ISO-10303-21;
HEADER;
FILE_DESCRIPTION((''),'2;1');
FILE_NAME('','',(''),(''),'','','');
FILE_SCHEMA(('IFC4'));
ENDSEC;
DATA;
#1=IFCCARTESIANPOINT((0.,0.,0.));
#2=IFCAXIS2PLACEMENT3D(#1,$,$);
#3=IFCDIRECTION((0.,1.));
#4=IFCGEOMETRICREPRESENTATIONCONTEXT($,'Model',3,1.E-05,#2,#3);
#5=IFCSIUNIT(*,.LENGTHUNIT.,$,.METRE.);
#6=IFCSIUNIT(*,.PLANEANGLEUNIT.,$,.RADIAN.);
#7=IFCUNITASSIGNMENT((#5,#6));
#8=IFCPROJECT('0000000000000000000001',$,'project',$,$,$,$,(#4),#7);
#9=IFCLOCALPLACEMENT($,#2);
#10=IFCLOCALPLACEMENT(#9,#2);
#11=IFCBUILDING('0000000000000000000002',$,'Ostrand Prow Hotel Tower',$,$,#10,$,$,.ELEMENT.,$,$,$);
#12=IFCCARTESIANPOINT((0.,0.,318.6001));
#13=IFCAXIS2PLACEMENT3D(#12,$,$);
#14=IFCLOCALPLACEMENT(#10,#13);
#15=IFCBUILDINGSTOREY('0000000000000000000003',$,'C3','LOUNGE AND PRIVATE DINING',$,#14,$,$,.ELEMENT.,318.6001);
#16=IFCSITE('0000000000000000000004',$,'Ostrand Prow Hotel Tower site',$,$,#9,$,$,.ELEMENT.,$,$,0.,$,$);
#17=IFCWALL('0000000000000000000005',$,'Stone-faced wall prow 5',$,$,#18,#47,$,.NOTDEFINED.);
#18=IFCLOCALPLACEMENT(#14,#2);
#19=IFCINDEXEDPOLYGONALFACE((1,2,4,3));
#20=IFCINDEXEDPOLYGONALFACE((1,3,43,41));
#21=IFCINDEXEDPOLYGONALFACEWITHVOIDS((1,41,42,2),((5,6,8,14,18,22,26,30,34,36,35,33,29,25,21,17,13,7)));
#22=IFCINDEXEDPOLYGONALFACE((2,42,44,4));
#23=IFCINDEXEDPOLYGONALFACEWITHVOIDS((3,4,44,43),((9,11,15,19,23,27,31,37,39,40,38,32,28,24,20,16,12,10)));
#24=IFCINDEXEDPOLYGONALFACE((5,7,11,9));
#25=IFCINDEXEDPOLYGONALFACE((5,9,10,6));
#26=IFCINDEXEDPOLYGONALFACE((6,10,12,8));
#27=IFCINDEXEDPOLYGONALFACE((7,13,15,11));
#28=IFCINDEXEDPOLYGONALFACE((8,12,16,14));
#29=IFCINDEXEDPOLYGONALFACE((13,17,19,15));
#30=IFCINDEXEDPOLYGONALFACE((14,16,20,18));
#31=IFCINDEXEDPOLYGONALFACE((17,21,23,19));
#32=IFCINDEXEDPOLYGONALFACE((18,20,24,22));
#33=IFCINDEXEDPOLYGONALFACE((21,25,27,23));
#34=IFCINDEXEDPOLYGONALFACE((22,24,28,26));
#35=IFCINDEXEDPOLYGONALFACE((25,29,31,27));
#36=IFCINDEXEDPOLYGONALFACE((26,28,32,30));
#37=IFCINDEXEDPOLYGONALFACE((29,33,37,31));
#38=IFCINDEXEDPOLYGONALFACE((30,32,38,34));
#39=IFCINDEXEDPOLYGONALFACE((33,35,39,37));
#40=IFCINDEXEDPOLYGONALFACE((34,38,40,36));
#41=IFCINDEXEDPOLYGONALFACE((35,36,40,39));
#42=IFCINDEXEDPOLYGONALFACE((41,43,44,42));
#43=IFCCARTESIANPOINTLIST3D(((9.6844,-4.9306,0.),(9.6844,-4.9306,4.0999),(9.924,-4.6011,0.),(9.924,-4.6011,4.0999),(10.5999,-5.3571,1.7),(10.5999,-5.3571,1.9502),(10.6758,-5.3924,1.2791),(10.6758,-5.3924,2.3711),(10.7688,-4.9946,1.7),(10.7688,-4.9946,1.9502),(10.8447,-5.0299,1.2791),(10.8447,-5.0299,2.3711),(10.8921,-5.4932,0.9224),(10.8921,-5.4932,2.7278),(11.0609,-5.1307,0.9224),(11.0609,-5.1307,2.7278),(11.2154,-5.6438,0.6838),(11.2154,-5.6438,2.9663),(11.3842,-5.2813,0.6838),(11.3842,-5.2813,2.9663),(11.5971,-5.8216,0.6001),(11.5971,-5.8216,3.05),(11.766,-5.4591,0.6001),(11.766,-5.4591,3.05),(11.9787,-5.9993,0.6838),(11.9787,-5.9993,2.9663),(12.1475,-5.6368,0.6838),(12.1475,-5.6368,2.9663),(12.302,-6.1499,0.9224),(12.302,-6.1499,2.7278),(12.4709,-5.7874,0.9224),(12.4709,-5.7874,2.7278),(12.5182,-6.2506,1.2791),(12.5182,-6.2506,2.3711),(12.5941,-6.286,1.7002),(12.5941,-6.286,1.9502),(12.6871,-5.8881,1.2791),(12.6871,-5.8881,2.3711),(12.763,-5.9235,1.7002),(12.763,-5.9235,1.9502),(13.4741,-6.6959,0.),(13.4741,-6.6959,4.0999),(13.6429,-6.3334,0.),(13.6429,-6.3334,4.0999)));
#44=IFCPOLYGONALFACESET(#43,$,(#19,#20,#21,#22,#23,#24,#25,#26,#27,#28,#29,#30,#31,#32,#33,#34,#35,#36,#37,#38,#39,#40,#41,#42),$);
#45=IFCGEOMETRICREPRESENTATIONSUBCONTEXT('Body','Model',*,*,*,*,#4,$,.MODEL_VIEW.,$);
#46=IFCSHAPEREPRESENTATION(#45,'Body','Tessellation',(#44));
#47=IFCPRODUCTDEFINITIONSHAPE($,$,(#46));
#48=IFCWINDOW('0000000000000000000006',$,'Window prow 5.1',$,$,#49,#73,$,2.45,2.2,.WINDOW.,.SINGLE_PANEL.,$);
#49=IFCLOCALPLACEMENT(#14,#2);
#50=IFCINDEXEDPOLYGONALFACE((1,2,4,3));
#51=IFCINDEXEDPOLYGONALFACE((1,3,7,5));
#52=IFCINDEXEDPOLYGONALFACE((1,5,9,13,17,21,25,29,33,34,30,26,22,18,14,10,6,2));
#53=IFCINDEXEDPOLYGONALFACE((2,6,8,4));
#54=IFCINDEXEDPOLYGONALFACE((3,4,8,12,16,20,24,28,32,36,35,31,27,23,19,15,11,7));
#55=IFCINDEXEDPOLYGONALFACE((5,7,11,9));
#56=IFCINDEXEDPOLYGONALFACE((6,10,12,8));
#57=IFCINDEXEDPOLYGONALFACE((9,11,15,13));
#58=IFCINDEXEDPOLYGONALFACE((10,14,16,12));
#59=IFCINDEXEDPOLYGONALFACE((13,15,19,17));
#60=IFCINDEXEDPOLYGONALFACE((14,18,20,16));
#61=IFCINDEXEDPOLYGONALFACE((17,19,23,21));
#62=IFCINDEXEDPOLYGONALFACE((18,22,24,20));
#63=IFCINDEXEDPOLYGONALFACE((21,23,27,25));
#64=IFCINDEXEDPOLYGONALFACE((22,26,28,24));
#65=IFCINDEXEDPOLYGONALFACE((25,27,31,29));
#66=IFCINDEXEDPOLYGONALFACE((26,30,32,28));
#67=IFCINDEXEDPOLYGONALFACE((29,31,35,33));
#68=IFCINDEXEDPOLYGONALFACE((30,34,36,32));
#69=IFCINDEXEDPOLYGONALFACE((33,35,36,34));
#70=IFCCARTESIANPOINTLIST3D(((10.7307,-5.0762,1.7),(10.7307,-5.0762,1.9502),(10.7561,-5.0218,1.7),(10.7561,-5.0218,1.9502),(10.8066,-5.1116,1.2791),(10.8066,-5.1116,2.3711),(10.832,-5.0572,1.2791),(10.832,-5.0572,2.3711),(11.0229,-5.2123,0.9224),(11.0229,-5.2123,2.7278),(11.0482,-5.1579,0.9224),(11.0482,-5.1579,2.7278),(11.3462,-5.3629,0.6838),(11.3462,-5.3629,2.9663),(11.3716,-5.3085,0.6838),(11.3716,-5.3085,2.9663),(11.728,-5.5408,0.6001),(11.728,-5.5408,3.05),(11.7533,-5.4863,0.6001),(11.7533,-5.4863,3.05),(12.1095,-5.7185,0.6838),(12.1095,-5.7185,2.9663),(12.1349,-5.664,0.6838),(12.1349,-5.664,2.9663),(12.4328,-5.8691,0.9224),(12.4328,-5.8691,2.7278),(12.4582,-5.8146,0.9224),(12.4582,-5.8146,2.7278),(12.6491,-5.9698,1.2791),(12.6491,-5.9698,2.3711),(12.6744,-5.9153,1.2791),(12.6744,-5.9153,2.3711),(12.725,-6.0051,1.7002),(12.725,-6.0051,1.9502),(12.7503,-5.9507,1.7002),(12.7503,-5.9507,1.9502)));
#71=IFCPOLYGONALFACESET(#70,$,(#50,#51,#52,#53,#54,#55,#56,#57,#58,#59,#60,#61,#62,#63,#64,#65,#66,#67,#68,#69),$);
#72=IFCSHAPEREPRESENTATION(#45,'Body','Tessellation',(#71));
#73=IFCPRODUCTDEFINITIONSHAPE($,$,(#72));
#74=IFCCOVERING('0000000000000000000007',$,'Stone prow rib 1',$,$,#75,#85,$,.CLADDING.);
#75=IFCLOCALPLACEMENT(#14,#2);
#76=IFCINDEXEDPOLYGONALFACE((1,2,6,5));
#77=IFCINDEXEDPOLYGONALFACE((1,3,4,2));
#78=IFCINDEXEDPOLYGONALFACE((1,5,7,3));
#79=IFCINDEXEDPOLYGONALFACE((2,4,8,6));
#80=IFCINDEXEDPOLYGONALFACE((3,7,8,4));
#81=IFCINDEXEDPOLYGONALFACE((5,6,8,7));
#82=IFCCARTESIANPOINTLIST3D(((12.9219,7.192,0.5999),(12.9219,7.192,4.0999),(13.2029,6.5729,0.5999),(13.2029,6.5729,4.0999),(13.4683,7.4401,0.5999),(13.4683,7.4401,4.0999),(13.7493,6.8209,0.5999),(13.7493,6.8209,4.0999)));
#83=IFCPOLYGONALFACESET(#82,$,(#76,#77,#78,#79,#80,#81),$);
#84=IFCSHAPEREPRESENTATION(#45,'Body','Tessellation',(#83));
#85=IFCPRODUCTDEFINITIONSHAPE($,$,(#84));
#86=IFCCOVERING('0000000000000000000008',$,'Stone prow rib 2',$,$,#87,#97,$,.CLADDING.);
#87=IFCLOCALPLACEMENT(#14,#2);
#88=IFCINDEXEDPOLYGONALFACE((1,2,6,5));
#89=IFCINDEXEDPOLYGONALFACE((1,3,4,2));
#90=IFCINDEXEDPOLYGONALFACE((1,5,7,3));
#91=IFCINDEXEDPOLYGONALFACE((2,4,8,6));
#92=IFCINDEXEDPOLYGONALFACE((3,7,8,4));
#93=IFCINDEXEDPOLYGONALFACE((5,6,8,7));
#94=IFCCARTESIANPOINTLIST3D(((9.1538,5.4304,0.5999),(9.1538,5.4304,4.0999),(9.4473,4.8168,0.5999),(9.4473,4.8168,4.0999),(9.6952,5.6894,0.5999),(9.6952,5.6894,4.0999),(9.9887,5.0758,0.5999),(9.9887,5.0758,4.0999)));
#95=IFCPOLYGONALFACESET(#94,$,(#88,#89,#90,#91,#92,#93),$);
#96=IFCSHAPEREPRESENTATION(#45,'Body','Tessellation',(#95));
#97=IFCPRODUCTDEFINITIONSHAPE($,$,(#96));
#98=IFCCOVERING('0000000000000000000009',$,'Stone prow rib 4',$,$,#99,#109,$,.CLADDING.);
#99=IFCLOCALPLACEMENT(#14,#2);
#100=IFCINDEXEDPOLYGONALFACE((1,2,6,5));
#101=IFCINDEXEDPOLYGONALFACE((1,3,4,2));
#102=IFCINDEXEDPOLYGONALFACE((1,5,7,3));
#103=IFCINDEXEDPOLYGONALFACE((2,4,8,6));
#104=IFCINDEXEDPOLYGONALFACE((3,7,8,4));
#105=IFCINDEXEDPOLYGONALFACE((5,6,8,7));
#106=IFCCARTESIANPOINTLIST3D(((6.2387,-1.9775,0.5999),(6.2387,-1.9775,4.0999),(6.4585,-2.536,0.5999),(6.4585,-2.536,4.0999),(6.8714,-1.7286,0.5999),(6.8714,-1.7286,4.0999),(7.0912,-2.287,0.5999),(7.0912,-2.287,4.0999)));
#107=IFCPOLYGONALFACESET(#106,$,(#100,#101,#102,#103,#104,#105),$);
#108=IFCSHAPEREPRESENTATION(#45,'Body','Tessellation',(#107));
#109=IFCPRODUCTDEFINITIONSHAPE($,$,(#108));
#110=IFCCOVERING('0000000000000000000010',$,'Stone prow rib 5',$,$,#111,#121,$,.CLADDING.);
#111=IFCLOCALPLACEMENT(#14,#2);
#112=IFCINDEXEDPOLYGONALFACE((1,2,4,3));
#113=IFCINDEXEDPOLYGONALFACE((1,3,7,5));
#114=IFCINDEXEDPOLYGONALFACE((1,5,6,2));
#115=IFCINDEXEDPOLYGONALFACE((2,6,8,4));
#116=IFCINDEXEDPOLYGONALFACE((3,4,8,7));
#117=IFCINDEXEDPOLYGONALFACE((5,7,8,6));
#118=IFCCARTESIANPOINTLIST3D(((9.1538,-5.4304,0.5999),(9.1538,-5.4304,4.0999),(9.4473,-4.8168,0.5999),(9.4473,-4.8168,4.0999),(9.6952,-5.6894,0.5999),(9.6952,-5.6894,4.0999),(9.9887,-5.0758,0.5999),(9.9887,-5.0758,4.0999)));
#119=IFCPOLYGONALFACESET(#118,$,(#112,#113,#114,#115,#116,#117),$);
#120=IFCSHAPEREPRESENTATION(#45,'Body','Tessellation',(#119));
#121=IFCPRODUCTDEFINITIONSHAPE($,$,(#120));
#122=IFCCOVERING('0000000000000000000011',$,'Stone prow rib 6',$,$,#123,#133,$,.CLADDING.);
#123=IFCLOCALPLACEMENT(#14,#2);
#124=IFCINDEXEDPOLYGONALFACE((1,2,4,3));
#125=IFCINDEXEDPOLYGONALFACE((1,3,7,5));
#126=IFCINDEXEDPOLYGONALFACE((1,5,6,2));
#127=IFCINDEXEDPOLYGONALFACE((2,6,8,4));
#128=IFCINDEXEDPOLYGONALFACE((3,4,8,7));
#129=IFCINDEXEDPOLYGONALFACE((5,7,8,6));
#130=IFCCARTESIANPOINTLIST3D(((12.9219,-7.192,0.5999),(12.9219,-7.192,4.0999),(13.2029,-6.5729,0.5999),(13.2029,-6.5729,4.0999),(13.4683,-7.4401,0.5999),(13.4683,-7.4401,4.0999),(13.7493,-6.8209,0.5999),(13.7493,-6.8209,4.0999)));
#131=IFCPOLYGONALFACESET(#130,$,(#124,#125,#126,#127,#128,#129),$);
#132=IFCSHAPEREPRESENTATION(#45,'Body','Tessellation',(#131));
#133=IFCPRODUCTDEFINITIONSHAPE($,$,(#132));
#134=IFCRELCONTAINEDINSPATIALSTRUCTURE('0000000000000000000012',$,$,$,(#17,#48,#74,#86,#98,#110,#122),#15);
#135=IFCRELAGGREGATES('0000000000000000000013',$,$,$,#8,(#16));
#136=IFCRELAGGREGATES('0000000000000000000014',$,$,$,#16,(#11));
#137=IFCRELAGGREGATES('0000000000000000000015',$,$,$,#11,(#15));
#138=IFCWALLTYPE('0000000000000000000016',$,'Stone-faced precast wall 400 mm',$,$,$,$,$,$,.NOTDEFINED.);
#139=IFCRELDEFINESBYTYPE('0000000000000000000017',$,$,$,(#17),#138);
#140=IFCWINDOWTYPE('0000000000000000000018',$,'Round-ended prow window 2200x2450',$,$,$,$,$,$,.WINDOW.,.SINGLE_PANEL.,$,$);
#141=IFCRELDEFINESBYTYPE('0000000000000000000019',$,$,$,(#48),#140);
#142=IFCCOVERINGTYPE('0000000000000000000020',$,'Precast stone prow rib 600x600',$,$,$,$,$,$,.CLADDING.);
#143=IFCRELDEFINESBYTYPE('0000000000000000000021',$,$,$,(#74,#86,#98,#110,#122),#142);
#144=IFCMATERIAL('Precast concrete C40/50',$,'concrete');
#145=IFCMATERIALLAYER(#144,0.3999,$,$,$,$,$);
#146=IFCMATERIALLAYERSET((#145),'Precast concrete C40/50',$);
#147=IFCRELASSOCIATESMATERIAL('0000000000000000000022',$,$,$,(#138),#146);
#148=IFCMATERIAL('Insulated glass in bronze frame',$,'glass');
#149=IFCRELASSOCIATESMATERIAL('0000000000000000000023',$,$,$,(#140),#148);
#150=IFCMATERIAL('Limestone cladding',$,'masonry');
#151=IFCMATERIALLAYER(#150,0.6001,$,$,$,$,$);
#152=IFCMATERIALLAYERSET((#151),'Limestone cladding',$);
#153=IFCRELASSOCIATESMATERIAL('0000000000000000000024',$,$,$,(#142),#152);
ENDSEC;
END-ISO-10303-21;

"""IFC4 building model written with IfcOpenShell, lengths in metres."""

from ifc_helpers import new_model, si_unit, direction, frame, frame_2d, origin, place, context, subcontext, project, spatial, polyline, rectangle, outline, extrude, material, layer, layer_set, type_object, element, fill, save


model = new_model("IFC4")

# Units and contexts
model_context = context("Model", 3, precision=1e-05, world=origin(), true_north=direction((0.0, 1.0)))
body_context = subcontext(model_context, "Body", "Model", "MODEL_VIEW")
ifc_project = project(units=[si_unit("LENGTHUNIT", "METRE"), si_unit("PLANEANGLEUNIT", "RADIAN")], contexts=[model_context])

# Site, building, storey
site_placement = place(None, origin())
site = spatial("IfcSite", under=ifc_project, at=site_placement, Name="Ostrand Prow Hotel Tower site", CompositionType="ELEMENT", RefElevation=0.0)
building_placement = place(site_placement, origin())
building = spatial("IfcBuilding", under=site, at=building_placement, Name="Ostrand Prow Hotel Tower", CompositionType="ELEMENT")
storey_placement = place(building_placement, frame((0.0, 0.0, 318.6001)))
storey = spatial("IfcBuildingStorey", under=building, at=storey_placement, Name="C3", Description="LOUNGE AND PRIVATE DINING", CompositionType="ELEMENT", Elevation=318.6001)

# Wall, opening, window
ifc_material_1 = material(Name="Precast concrete C40/50", Category="concrete")
ifc_layer_1 = layer(ifc_material_1, 0.3999)
ifc_layer_set_1 = layer_set([ifc_layer_1], Name="Precast concrete C40/50")
wall_type_1 = type_object("IfcWallType", Name="Stone-faced precast wall 400 mm", PredefinedType="NOTDEFINED", material=ifc_layer_set_1)
ifc_material_2 = material(Name="Insulated glass in bronze frame", Category="glass")
window_type = type_object("IfcWindowType", Name="Round-ended prow window 2200x2450", PartitioningType="SINGLE_PANEL", PredefinedType="WINDOW", material=ifc_material_2)
wall_1_placement = place(storey_placement, frame((9.8042, -4.7659, 0.0), z_axis=(0.0, 0.0, 1.0), x_axis=(0.906486, -0.422237, 0.0)))
wall_1 = element("IfcWall", 1, at=wall_1_placement, inside=storey, type_object=wall_type_1, Name="Stone-faced wall prow 5", PredefinedType="NOTDEFINED", context=body_context, shape_type="SweptSolid", body=[
    extrude(outline(polyline([(-0.0391, -0.2), (4.1416, -0.2), (4.1416, 0.2), (0.0391, 0.2), (-0.0391, -0.2)])), origin(), (0.0, 0.0, 1.0), 4.0999),
])
opening_1_placement = place(wall_1_placement, frame((0.9709, 0.0, 0.6001)))
opening_1 = element("IfcOpeningElement", 2, at=opening_1_placement, cuts=wall_1, PredefinedType="OPENING", context=body_context, shape_type="SweptSolid", body=[
    extrude(outline(polyline([(0.0, 1.3501), (0.0837, 1.771), (0.3223, 2.1277), (0.679, 2.3662), (1.1001, 2.45), (1.521, 2.3662), (1.8777, 2.1277), (2.1162, 1.771), (2.2, 1.3501), (2.2, 1.1001), (2.1162, 0.679), (1.8777, 0.3223), (1.521, 0.0837), (1.1001, 0.0), (0.679, 0.0837), (0.3223, 0.3223), (0.0837, 0.679), (0.0, 1.0999), (0.0, 1.3501)])), frame((0.0, 0.21, 0.0), z_axis=(0.0, -1.0, 0.0), x_axis=(1.0, 0.0, 0.0)), (0.0, 0.0, 1.0), 0.4199),
])
window_1_placement = place(opening_1_placement, origin())
window_1 = element("IfcWindow", 3, at=window_1_placement, inside=storey, type_object=window_type, Name="Window prow 5.1", OverallHeight=2.45, OverallWidth=2.2, PartitioningType="SINGLE_PANEL", PredefinedType="WINDOW", context=body_context, shape_type="SweptSolid", body=[
    extrude(outline(polyline([(0.0, 1.3501), (0.0837, 1.771), (0.3223, 2.1277), (0.679, 2.3662), (1.1001, 2.45), (1.521, 2.3662), (1.8777, 2.1277), (2.1162, 1.771), (2.2, 1.3501), (2.2, 1.1001), (2.1162, 0.679), (1.8777, 0.3223), (1.521, 0.0837), (1.1001, 0.0), (0.679, 0.0837), (0.3223, 0.3223), (0.0837, 0.679), (0.0, 1.0999), (0.0, 1.3501)])), frame((0.0, 0.1699, 0.0), z_axis=(0.0, -1.0, 0.0), x_axis=(1.0, 0.0, 0.0)), (0.0, 0.0, 1.0), 0.0601),
])
fill(opening_1, window_1)

# Coverings
ifc_material_3 = material(Name="Limestone cladding", Category="masonry")
ifc_layer_2 = layer(ifc_material_3, 0.6001)
ifc_layer_set_2 = layer_set([ifc_layer_2], Name="Limestone cladding")
covering_type = type_object("IfcCoveringType", Name="Precast stone prow rib 600x600", PredefinedType="CLADDING", material=ifc_layer_set_2)
covering_1_placement = place(storey_placement, frame((13.4761, 6.697, 0.5999), z_axis=(0.0, 0.0, 1.0), x_axis=(-0.413289, 0.9106, 0.0)))
element("IfcCovering", 4, at=covering_1_placement, inside=storey, type_object=covering_type, Name="Stone prow rib 1", PredefinedType="CLADDING", context=body_context, shape_type="SweptSolid", body=[
    extrude(rectangle(XDim=0.6799, YDim=0.6001, at=frame_2d((0.3398, 0.0))), origin(), (0.0, 0.0, 1.0), 3.5),
])
covering_2_placement = place(storey_placement, frame((9.718, 4.9463, 0.5999), z_axis=(0.0, 0.0, 1.0), x_axis=(-0.431494, 0.902116, 0.0)))
element("IfcCovering", 5, at=covering_2_placement, inside=storey, type_object=covering_type, Name="Stone prow rib 2", PredefinedType="CLADDING", context=body_context, shape_type="SweptSolid", body=[
    extrude(rectangle(XDim=0.6802, YDim=0.6001, at=frame_2d((0.3401, 0.0))), origin(), (0.0, 0.0, 1.0), 3.5),
])
covering_3_placement = place(storey_placement, frame((6.9812, -2.0078, 0.5999), z_axis=(0.0, 0.0, 1.0), x_axis=(-0.930542, -0.366185, 0.0)))
element("IfcCovering", 6, at=covering_3_placement, inside=storey, type_object=covering_type, Name="Stone prow rib 4", PredefinedType="CLADDING", context=body_context, shape_type="SweptSolid", body=[
    extrude(rectangle(XDim=0.6799, YDim=0.6001, at=frame_2d((0.3398, 0.0))), origin(), (0.0, 0.0, 1.0), 3.5),
])
covering_4_placement = place(storey_placement, frame((9.718, -4.9463, 0.5999), z_axis=(0.0, 0.0, 1.0), x_axis=(-0.431494, -0.902116, 0.0)))
element("IfcCovering", 7, at=covering_4_placement, inside=storey, type_object=covering_type, Name="Stone prow rib 5", PredefinedType="CLADDING", context=body_context, shape_type="SweptSolid", body=[
    extrude(rectangle(XDim=0.6802, YDim=0.6001, at=frame_2d((0.3401, 0.0))), origin(), (0.0, 0.0, 1.0), 3.5),
])
covering_5_placement = place(storey_placement, frame((13.4761, -6.697, 0.5999), z_axis=(0.0, 0.0, 1.0), x_axis=(-0.413289, -0.9106, 0.0)))
element("IfcCovering", 8, at=covering_5_placement, inside=storey, type_object=covering_type, Name="Stone prow rib 6", PredefinedType="CLADDING", context=body_context, shape_type="SweptSolid", body=[
    extrude(rectangle(XDim=0.6799, YDim=0.6001, at=frame_2d((0.3398, 0.0))), origin(), (0.0, 0.0, 1.0), 3.5),
])

save(model, "model.ifc")
